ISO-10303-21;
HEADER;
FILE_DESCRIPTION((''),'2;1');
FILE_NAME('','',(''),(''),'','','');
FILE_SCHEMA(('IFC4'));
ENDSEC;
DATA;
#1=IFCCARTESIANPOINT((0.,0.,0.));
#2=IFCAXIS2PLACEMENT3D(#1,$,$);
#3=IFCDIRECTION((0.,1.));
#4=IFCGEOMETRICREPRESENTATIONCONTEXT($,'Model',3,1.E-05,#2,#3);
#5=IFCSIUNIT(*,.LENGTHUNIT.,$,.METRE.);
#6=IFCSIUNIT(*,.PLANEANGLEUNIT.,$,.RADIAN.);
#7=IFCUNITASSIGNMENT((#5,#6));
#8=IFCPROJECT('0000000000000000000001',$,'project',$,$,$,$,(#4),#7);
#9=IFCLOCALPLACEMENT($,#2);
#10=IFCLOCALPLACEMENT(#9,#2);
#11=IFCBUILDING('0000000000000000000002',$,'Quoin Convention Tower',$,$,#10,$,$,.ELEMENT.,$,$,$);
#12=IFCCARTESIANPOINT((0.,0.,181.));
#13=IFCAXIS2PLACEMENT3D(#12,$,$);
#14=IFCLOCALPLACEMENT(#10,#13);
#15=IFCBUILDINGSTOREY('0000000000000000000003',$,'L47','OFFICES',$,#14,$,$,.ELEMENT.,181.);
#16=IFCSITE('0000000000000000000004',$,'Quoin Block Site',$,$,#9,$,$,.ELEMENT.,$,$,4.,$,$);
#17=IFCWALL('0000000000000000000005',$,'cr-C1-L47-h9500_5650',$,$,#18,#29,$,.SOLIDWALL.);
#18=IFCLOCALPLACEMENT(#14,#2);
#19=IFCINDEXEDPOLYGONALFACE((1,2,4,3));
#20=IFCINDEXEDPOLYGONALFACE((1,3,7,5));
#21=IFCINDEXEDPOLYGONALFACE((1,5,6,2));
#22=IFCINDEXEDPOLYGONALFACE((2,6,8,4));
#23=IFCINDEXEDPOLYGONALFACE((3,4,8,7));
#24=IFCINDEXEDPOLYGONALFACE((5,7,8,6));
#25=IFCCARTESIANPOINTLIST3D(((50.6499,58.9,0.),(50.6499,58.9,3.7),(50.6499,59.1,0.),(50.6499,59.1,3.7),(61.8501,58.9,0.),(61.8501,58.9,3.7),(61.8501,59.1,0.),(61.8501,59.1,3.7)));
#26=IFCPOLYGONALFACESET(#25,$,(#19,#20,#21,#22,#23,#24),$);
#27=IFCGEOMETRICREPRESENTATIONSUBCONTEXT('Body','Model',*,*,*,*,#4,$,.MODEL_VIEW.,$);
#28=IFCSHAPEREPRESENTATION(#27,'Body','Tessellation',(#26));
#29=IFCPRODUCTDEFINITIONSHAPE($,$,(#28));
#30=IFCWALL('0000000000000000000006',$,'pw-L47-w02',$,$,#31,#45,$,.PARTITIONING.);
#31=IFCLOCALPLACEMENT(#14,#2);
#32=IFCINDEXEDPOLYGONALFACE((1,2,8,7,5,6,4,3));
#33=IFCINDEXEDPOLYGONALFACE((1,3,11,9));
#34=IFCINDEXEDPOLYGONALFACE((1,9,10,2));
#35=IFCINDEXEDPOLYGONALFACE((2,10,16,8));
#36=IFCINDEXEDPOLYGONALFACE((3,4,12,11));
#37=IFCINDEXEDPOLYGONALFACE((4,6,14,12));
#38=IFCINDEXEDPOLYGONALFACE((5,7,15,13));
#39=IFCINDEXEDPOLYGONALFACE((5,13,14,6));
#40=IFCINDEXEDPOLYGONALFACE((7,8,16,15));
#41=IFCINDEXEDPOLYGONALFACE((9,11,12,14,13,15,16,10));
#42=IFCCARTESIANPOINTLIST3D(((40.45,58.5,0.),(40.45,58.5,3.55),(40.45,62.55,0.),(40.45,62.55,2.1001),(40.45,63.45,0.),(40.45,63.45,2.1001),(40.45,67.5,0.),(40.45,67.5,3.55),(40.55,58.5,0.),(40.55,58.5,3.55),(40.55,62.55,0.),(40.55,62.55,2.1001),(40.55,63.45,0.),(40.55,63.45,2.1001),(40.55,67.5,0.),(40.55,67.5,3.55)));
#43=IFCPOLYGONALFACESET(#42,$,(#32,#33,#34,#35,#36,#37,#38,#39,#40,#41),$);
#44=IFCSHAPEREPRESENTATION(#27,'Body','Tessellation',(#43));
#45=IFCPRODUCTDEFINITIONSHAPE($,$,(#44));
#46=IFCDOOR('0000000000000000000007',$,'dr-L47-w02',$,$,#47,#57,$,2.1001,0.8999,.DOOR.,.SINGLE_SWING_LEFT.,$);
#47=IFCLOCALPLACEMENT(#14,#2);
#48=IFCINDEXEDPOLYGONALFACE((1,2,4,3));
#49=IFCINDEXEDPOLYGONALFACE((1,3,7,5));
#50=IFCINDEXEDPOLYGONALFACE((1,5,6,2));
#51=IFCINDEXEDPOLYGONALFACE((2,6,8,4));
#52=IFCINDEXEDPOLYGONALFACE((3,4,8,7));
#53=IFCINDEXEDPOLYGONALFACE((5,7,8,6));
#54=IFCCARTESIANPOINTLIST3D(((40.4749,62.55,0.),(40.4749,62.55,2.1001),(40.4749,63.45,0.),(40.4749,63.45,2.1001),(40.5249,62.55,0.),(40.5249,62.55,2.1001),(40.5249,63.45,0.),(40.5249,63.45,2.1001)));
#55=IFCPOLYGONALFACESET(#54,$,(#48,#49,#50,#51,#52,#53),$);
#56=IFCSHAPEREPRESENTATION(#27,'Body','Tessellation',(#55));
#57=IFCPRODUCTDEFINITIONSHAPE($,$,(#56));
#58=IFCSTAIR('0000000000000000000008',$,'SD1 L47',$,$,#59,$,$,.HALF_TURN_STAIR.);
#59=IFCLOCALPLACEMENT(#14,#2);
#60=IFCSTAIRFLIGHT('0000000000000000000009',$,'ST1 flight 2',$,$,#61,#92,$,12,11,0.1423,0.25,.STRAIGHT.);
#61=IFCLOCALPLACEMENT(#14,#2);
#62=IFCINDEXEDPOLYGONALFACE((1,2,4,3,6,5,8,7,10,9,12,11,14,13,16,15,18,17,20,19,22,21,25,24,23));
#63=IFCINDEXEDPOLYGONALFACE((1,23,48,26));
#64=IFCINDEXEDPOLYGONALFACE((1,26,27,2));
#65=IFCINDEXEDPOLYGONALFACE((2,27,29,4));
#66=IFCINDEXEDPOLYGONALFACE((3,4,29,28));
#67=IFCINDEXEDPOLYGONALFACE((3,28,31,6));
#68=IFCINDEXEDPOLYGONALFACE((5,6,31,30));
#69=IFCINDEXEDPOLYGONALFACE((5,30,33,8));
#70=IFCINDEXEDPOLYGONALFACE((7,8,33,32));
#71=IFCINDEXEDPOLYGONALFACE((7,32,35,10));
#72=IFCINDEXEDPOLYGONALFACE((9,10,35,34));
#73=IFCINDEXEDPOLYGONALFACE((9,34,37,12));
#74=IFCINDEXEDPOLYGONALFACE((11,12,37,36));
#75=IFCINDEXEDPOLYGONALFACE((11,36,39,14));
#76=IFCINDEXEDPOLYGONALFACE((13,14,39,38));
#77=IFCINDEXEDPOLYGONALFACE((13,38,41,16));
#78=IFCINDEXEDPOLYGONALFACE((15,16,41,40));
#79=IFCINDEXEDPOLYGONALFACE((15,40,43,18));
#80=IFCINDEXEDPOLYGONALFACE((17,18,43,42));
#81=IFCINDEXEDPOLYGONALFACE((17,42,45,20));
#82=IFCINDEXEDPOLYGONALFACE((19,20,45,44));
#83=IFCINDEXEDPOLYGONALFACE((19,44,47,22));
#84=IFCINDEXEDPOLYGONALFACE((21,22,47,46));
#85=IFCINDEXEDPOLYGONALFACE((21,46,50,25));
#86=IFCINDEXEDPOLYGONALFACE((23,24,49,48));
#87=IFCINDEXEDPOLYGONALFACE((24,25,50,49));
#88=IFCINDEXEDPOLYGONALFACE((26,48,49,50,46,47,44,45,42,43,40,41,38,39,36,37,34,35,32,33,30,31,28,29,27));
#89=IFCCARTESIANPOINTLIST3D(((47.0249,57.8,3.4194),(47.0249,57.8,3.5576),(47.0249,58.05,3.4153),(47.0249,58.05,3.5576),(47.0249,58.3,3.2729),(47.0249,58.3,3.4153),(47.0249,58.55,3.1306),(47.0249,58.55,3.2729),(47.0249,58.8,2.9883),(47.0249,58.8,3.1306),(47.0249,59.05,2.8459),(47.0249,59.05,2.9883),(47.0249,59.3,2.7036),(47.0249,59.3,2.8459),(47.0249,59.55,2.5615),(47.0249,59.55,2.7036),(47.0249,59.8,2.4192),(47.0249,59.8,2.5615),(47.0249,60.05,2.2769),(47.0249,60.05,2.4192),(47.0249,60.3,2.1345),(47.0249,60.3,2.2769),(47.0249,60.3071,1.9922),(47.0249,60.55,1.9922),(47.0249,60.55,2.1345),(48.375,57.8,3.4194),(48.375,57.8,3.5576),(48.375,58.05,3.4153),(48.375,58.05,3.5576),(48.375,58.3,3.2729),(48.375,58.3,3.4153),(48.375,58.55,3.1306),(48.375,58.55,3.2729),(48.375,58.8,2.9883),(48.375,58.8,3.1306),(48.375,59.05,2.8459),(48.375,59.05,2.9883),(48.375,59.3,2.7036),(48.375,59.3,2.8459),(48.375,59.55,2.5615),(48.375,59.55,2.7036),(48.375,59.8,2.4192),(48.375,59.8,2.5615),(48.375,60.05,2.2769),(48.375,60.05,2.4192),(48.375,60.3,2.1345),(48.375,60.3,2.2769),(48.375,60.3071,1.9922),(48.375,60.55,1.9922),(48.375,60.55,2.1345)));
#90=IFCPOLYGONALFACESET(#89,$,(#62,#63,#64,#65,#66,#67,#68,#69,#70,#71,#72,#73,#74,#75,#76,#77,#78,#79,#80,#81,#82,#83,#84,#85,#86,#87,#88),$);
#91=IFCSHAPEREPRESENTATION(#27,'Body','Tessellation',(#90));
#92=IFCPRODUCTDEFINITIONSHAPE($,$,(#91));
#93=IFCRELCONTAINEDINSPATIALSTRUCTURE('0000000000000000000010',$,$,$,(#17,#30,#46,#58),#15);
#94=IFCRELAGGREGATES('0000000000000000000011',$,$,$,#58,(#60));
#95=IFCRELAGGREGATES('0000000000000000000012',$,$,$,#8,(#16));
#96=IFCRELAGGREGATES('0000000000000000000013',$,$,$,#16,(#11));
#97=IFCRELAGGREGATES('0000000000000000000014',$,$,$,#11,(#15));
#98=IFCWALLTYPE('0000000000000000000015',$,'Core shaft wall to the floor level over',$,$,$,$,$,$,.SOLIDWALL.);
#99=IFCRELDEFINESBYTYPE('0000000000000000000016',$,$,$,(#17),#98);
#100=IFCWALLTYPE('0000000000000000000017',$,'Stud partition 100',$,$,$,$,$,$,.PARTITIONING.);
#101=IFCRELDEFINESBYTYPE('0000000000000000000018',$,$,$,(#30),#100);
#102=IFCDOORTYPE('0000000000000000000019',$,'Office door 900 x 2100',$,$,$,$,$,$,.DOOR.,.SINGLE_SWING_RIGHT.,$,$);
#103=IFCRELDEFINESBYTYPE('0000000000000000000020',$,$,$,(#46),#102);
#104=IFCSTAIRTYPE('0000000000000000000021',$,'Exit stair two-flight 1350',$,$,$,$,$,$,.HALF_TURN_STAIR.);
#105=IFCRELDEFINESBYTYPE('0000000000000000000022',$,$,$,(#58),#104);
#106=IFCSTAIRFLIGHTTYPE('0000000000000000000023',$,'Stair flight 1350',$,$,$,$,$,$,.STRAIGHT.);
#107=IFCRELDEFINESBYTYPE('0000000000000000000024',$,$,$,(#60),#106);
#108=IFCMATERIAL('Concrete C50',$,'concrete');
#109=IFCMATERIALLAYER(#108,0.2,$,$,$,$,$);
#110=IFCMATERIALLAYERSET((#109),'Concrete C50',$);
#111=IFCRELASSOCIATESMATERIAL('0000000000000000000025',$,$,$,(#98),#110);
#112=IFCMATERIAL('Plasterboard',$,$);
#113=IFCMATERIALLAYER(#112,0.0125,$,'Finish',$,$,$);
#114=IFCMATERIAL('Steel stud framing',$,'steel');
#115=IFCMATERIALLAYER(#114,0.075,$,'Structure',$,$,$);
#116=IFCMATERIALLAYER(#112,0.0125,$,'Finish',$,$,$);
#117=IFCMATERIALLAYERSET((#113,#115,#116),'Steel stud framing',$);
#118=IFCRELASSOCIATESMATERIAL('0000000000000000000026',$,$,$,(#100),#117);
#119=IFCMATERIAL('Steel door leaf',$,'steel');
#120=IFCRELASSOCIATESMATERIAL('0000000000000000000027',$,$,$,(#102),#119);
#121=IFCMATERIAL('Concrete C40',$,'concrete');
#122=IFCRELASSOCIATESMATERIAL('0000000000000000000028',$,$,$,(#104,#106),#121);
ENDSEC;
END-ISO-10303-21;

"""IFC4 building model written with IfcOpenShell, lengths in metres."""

from ifc_helpers import new_model, si_unit, direction, frame, frame_2d, origin, place, context, subcontext, project, spatial, polyline, rectangle, outline, extrude, material, layer, layer_set, type_object, element, fill, aggregate, save


model = new_model("IFC4")

# Units and contexts
model_context = context("Model", 3, precision=1e-05, world=origin(), true_north=direction((0.0, 1.0)))
body_context = subcontext(model_context, "Body", "Model", "MODEL_VIEW")
ifc_project = project(units=[si_unit("LENGTHUNIT", "METRE"), si_unit("PLANEANGLEUNIT", "RADIAN")], contexts=[model_context])

# Site, building, storey
site_placement = place(None, origin())
site = spatial("IfcSite", under=ifc_project, at=site_placement, Name="Quoin Block Site", CompositionType="ELEMENT", RefElevation=4.0)
building_placement = place(site_placement, origin())
building = spatial("IfcBuilding", under=site, at=building_placement, Name="Quoin Convention Tower", CompositionType="ELEMENT")
storey_placement = place(building_placement, frame((0.0, 0.0, 181.0)))
storey = spatial("IfcBuildingStorey", under=building, at=storey_placement, Name="L47", Description="OFFICES", CompositionType="ELEMENT", Elevation=181.0)

# Shared definitions
ifc_material_1 = material(Name="Plasterboard")
ifc_material_2 = material(Name="Steel stud framing", Category="steel")
ifc_material_3 = material(Name="Steel door leaf", Category="steel")

# Shared definitions
ifc_material_4 = material(Name="Concrete C50", Category="concrete")

# Wall
ifc_layer_1 = layer(ifc_material_4, 0.2)
ifc_layer_set_1 = layer_set([ifc_layer_1], Name="Concrete C50")
wall_type_1 = type_object("IfcWallType", Name="Core shaft wall to the floor level over", PredefinedType="SOLIDWALL", material=ifc_layer_set_1)
wall_1_placement = place(storey_placement, frame((50.6499, 59.0, 0.0), z_axis=(0.0, 0.0, 1.0), x_axis=(1.0, 0.0, 0.0)))
element("IfcWall", 1, at=wall_1_placement, inside=storey, type_object=wall_type_1, Name="cr-C1-L47-h9500_5650", PredefinedType="SOLIDWALL", context=body_context, shape_type="SweptSolid", body=[
    extrude(rectangle(XDim=11.2002, YDim=0.2, at=frame_2d((5.6001, 0.0))), origin(), (0.0, 0.0, 1.0), 3.7),
])

# Wall, opening, door
ifc_layer_2 = layer(ifc_material_1, 0.0125, Name="Finish")
ifc_layer_3 = layer(ifc_material_2, 0.075, Name="Structure")
ifc_layer_4 = layer(ifc_material_1, 0.0125, Name="Finish")
ifc_layer_set_2 = layer_set([ifc_layer_2, ifc_layer_3, ifc_layer_4], Name="Steel stud framing")
wall_type_2 = type_object("IfcWallType", Name="Stud partition 100", PredefinedType="PARTITIONING", material=ifc_layer_set_2)
wall_2_placement = place(storey_placement, frame((40.5, 67.5, 0.0), z_axis=(0.0, 0.0, 1.0), x_axis=(0.0, -1.0, 0.0)))
wall_2 = element("IfcWall", 2, at=wall_2_placement, inside=storey, type_object=wall_type_2, Name="pw-L47-w02", PredefinedType="PARTITIONING", context=body_context, shape_type="SweptSolid", body=[
    extrude(rectangle(XDim=9.0, YDim=0.1001, at=frame_2d((4.5, 0.0))), origin(), (0.0, 0.0, 1.0), 3.55),
])
opening_1_placement = place(wall_2_placement, frame((4.05, 0.0, 0.0)))
opening_1 = element("IfcOpeningElement", 3, at=opening_1_placement, cuts=wall_2, PredefinedType="OPENING", context=body_context, shape_type="SweptSolid", body=[
    extrude(rectangle(XDim=0.8999, YDim=2.1001, at=frame_2d((0.45, 1.05))), frame((0.0, 0.0601, 0.0), z_axis=(0.0, -1.0, 0.0), x_axis=(1.0, 0.0, 0.0)), (0.0, 0.0, 1.0), 0.1201),
])
door_type_1 = type_object("IfcDoorType", Name="Office door 900 x 2100", OperationType="SINGLE_SWING_RIGHT", PredefinedType="DOOR", material=ifc_material_3)
door_1_placement = place(opening_1_placement, origin())
door_1 = element("IfcDoor", 4, at=door_1_placement, inside=storey, type_object=door_type_1, Name="dr-L47-w02", OperationType="SINGLE_SWING_LEFT", OverallHeight=2.1001, OverallWidth=0.8999, PredefinedType="DOOR", context=body_context, shape_type="SweptSolid", body=[
    extrude(rectangle(XDim=0.8999, YDim=2.1001, at=frame_2d((0.45, 1.05))), frame((0.0, 0.0249, 0.0), z_axis=(0.0, -1.0, 0.0), x_axis=(1.0, 0.0, 0.0)), (0.0, 0.0, 1.0), 0.05),
])
fill(opening_1, door_1)

# Stair, stair flight
ifc_material_5 = material(Name="Concrete C40", Category="concrete")
stair_type = type_object("IfcStairType", Name="Exit stair two-flight 1350", PredefinedType="HALF_TURN_STAIR", material=ifc_material_5)
stair_placement = place(storey_placement, origin())
stair = element("IfcStair", 5, at=stair_placement, inside=storey, type_object=stair_type, Name="SD1 L47", PredefinedType="HALF_TURN_STAIR")
stair_flight_type = type_object("IfcStairFlightType", Name="Stair flight 1350", PredefinedType="STRAIGHT", material=ifc_material_5)
stair_flight_placement = place(storey_placement, frame((47.7, 60.55, 1.9922), z_axis=(0.0, 0.0, 1.0), x_axis=(0.0, -1.0, 0.0)))
stair_flight = element("IfcStairFlight", 6, at=stair_flight_placement, type_object=stair_flight_type, Name="ST1 flight 2", NumberOfRisers=12, NumberOfTreads=11, PredefinedType="STRAIGHT", RiserHeight=0.1423, TreadLength=0.25, context=body_context, shape_type="SweptSolid", body=[
    extrude(outline(polyline([(0.0, 0.0), (0.0, 0.1423), (0.25, 0.1423), (0.25, 0.2847), (0.5, 0.2847), (0.5, 0.427), (0.75, 0.427), (0.75, 0.5693), (1.0, 0.5693), (1.0, 0.7114), (1.25, 0.7114), (1.25, 0.8538), (1.5, 0.8538), (1.5, 0.9961), (1.75, 0.9961), (1.75, 1.1384), (2.0, 1.1384), (2.0, 1.2808), (2.25, 1.2808), (2.25, 1.4231), (2.5, 1.4231), (2.5, 1.5654), (2.75, 1.5654), (2.75, 1.7078), (2.75, 1.4272), (0.2429, 0.0), (0.0, 0.0)])), frame((0.0, 0.675, 0.0), z_axis=(0.0, -1.0, 0.0), x_axis=(1.0, 0.0, 0.0)), (0.0, 0.0, 1.0), 1.3501),
])
aggregate(stair, [stair_flight])

save(model, "model.ifc")
